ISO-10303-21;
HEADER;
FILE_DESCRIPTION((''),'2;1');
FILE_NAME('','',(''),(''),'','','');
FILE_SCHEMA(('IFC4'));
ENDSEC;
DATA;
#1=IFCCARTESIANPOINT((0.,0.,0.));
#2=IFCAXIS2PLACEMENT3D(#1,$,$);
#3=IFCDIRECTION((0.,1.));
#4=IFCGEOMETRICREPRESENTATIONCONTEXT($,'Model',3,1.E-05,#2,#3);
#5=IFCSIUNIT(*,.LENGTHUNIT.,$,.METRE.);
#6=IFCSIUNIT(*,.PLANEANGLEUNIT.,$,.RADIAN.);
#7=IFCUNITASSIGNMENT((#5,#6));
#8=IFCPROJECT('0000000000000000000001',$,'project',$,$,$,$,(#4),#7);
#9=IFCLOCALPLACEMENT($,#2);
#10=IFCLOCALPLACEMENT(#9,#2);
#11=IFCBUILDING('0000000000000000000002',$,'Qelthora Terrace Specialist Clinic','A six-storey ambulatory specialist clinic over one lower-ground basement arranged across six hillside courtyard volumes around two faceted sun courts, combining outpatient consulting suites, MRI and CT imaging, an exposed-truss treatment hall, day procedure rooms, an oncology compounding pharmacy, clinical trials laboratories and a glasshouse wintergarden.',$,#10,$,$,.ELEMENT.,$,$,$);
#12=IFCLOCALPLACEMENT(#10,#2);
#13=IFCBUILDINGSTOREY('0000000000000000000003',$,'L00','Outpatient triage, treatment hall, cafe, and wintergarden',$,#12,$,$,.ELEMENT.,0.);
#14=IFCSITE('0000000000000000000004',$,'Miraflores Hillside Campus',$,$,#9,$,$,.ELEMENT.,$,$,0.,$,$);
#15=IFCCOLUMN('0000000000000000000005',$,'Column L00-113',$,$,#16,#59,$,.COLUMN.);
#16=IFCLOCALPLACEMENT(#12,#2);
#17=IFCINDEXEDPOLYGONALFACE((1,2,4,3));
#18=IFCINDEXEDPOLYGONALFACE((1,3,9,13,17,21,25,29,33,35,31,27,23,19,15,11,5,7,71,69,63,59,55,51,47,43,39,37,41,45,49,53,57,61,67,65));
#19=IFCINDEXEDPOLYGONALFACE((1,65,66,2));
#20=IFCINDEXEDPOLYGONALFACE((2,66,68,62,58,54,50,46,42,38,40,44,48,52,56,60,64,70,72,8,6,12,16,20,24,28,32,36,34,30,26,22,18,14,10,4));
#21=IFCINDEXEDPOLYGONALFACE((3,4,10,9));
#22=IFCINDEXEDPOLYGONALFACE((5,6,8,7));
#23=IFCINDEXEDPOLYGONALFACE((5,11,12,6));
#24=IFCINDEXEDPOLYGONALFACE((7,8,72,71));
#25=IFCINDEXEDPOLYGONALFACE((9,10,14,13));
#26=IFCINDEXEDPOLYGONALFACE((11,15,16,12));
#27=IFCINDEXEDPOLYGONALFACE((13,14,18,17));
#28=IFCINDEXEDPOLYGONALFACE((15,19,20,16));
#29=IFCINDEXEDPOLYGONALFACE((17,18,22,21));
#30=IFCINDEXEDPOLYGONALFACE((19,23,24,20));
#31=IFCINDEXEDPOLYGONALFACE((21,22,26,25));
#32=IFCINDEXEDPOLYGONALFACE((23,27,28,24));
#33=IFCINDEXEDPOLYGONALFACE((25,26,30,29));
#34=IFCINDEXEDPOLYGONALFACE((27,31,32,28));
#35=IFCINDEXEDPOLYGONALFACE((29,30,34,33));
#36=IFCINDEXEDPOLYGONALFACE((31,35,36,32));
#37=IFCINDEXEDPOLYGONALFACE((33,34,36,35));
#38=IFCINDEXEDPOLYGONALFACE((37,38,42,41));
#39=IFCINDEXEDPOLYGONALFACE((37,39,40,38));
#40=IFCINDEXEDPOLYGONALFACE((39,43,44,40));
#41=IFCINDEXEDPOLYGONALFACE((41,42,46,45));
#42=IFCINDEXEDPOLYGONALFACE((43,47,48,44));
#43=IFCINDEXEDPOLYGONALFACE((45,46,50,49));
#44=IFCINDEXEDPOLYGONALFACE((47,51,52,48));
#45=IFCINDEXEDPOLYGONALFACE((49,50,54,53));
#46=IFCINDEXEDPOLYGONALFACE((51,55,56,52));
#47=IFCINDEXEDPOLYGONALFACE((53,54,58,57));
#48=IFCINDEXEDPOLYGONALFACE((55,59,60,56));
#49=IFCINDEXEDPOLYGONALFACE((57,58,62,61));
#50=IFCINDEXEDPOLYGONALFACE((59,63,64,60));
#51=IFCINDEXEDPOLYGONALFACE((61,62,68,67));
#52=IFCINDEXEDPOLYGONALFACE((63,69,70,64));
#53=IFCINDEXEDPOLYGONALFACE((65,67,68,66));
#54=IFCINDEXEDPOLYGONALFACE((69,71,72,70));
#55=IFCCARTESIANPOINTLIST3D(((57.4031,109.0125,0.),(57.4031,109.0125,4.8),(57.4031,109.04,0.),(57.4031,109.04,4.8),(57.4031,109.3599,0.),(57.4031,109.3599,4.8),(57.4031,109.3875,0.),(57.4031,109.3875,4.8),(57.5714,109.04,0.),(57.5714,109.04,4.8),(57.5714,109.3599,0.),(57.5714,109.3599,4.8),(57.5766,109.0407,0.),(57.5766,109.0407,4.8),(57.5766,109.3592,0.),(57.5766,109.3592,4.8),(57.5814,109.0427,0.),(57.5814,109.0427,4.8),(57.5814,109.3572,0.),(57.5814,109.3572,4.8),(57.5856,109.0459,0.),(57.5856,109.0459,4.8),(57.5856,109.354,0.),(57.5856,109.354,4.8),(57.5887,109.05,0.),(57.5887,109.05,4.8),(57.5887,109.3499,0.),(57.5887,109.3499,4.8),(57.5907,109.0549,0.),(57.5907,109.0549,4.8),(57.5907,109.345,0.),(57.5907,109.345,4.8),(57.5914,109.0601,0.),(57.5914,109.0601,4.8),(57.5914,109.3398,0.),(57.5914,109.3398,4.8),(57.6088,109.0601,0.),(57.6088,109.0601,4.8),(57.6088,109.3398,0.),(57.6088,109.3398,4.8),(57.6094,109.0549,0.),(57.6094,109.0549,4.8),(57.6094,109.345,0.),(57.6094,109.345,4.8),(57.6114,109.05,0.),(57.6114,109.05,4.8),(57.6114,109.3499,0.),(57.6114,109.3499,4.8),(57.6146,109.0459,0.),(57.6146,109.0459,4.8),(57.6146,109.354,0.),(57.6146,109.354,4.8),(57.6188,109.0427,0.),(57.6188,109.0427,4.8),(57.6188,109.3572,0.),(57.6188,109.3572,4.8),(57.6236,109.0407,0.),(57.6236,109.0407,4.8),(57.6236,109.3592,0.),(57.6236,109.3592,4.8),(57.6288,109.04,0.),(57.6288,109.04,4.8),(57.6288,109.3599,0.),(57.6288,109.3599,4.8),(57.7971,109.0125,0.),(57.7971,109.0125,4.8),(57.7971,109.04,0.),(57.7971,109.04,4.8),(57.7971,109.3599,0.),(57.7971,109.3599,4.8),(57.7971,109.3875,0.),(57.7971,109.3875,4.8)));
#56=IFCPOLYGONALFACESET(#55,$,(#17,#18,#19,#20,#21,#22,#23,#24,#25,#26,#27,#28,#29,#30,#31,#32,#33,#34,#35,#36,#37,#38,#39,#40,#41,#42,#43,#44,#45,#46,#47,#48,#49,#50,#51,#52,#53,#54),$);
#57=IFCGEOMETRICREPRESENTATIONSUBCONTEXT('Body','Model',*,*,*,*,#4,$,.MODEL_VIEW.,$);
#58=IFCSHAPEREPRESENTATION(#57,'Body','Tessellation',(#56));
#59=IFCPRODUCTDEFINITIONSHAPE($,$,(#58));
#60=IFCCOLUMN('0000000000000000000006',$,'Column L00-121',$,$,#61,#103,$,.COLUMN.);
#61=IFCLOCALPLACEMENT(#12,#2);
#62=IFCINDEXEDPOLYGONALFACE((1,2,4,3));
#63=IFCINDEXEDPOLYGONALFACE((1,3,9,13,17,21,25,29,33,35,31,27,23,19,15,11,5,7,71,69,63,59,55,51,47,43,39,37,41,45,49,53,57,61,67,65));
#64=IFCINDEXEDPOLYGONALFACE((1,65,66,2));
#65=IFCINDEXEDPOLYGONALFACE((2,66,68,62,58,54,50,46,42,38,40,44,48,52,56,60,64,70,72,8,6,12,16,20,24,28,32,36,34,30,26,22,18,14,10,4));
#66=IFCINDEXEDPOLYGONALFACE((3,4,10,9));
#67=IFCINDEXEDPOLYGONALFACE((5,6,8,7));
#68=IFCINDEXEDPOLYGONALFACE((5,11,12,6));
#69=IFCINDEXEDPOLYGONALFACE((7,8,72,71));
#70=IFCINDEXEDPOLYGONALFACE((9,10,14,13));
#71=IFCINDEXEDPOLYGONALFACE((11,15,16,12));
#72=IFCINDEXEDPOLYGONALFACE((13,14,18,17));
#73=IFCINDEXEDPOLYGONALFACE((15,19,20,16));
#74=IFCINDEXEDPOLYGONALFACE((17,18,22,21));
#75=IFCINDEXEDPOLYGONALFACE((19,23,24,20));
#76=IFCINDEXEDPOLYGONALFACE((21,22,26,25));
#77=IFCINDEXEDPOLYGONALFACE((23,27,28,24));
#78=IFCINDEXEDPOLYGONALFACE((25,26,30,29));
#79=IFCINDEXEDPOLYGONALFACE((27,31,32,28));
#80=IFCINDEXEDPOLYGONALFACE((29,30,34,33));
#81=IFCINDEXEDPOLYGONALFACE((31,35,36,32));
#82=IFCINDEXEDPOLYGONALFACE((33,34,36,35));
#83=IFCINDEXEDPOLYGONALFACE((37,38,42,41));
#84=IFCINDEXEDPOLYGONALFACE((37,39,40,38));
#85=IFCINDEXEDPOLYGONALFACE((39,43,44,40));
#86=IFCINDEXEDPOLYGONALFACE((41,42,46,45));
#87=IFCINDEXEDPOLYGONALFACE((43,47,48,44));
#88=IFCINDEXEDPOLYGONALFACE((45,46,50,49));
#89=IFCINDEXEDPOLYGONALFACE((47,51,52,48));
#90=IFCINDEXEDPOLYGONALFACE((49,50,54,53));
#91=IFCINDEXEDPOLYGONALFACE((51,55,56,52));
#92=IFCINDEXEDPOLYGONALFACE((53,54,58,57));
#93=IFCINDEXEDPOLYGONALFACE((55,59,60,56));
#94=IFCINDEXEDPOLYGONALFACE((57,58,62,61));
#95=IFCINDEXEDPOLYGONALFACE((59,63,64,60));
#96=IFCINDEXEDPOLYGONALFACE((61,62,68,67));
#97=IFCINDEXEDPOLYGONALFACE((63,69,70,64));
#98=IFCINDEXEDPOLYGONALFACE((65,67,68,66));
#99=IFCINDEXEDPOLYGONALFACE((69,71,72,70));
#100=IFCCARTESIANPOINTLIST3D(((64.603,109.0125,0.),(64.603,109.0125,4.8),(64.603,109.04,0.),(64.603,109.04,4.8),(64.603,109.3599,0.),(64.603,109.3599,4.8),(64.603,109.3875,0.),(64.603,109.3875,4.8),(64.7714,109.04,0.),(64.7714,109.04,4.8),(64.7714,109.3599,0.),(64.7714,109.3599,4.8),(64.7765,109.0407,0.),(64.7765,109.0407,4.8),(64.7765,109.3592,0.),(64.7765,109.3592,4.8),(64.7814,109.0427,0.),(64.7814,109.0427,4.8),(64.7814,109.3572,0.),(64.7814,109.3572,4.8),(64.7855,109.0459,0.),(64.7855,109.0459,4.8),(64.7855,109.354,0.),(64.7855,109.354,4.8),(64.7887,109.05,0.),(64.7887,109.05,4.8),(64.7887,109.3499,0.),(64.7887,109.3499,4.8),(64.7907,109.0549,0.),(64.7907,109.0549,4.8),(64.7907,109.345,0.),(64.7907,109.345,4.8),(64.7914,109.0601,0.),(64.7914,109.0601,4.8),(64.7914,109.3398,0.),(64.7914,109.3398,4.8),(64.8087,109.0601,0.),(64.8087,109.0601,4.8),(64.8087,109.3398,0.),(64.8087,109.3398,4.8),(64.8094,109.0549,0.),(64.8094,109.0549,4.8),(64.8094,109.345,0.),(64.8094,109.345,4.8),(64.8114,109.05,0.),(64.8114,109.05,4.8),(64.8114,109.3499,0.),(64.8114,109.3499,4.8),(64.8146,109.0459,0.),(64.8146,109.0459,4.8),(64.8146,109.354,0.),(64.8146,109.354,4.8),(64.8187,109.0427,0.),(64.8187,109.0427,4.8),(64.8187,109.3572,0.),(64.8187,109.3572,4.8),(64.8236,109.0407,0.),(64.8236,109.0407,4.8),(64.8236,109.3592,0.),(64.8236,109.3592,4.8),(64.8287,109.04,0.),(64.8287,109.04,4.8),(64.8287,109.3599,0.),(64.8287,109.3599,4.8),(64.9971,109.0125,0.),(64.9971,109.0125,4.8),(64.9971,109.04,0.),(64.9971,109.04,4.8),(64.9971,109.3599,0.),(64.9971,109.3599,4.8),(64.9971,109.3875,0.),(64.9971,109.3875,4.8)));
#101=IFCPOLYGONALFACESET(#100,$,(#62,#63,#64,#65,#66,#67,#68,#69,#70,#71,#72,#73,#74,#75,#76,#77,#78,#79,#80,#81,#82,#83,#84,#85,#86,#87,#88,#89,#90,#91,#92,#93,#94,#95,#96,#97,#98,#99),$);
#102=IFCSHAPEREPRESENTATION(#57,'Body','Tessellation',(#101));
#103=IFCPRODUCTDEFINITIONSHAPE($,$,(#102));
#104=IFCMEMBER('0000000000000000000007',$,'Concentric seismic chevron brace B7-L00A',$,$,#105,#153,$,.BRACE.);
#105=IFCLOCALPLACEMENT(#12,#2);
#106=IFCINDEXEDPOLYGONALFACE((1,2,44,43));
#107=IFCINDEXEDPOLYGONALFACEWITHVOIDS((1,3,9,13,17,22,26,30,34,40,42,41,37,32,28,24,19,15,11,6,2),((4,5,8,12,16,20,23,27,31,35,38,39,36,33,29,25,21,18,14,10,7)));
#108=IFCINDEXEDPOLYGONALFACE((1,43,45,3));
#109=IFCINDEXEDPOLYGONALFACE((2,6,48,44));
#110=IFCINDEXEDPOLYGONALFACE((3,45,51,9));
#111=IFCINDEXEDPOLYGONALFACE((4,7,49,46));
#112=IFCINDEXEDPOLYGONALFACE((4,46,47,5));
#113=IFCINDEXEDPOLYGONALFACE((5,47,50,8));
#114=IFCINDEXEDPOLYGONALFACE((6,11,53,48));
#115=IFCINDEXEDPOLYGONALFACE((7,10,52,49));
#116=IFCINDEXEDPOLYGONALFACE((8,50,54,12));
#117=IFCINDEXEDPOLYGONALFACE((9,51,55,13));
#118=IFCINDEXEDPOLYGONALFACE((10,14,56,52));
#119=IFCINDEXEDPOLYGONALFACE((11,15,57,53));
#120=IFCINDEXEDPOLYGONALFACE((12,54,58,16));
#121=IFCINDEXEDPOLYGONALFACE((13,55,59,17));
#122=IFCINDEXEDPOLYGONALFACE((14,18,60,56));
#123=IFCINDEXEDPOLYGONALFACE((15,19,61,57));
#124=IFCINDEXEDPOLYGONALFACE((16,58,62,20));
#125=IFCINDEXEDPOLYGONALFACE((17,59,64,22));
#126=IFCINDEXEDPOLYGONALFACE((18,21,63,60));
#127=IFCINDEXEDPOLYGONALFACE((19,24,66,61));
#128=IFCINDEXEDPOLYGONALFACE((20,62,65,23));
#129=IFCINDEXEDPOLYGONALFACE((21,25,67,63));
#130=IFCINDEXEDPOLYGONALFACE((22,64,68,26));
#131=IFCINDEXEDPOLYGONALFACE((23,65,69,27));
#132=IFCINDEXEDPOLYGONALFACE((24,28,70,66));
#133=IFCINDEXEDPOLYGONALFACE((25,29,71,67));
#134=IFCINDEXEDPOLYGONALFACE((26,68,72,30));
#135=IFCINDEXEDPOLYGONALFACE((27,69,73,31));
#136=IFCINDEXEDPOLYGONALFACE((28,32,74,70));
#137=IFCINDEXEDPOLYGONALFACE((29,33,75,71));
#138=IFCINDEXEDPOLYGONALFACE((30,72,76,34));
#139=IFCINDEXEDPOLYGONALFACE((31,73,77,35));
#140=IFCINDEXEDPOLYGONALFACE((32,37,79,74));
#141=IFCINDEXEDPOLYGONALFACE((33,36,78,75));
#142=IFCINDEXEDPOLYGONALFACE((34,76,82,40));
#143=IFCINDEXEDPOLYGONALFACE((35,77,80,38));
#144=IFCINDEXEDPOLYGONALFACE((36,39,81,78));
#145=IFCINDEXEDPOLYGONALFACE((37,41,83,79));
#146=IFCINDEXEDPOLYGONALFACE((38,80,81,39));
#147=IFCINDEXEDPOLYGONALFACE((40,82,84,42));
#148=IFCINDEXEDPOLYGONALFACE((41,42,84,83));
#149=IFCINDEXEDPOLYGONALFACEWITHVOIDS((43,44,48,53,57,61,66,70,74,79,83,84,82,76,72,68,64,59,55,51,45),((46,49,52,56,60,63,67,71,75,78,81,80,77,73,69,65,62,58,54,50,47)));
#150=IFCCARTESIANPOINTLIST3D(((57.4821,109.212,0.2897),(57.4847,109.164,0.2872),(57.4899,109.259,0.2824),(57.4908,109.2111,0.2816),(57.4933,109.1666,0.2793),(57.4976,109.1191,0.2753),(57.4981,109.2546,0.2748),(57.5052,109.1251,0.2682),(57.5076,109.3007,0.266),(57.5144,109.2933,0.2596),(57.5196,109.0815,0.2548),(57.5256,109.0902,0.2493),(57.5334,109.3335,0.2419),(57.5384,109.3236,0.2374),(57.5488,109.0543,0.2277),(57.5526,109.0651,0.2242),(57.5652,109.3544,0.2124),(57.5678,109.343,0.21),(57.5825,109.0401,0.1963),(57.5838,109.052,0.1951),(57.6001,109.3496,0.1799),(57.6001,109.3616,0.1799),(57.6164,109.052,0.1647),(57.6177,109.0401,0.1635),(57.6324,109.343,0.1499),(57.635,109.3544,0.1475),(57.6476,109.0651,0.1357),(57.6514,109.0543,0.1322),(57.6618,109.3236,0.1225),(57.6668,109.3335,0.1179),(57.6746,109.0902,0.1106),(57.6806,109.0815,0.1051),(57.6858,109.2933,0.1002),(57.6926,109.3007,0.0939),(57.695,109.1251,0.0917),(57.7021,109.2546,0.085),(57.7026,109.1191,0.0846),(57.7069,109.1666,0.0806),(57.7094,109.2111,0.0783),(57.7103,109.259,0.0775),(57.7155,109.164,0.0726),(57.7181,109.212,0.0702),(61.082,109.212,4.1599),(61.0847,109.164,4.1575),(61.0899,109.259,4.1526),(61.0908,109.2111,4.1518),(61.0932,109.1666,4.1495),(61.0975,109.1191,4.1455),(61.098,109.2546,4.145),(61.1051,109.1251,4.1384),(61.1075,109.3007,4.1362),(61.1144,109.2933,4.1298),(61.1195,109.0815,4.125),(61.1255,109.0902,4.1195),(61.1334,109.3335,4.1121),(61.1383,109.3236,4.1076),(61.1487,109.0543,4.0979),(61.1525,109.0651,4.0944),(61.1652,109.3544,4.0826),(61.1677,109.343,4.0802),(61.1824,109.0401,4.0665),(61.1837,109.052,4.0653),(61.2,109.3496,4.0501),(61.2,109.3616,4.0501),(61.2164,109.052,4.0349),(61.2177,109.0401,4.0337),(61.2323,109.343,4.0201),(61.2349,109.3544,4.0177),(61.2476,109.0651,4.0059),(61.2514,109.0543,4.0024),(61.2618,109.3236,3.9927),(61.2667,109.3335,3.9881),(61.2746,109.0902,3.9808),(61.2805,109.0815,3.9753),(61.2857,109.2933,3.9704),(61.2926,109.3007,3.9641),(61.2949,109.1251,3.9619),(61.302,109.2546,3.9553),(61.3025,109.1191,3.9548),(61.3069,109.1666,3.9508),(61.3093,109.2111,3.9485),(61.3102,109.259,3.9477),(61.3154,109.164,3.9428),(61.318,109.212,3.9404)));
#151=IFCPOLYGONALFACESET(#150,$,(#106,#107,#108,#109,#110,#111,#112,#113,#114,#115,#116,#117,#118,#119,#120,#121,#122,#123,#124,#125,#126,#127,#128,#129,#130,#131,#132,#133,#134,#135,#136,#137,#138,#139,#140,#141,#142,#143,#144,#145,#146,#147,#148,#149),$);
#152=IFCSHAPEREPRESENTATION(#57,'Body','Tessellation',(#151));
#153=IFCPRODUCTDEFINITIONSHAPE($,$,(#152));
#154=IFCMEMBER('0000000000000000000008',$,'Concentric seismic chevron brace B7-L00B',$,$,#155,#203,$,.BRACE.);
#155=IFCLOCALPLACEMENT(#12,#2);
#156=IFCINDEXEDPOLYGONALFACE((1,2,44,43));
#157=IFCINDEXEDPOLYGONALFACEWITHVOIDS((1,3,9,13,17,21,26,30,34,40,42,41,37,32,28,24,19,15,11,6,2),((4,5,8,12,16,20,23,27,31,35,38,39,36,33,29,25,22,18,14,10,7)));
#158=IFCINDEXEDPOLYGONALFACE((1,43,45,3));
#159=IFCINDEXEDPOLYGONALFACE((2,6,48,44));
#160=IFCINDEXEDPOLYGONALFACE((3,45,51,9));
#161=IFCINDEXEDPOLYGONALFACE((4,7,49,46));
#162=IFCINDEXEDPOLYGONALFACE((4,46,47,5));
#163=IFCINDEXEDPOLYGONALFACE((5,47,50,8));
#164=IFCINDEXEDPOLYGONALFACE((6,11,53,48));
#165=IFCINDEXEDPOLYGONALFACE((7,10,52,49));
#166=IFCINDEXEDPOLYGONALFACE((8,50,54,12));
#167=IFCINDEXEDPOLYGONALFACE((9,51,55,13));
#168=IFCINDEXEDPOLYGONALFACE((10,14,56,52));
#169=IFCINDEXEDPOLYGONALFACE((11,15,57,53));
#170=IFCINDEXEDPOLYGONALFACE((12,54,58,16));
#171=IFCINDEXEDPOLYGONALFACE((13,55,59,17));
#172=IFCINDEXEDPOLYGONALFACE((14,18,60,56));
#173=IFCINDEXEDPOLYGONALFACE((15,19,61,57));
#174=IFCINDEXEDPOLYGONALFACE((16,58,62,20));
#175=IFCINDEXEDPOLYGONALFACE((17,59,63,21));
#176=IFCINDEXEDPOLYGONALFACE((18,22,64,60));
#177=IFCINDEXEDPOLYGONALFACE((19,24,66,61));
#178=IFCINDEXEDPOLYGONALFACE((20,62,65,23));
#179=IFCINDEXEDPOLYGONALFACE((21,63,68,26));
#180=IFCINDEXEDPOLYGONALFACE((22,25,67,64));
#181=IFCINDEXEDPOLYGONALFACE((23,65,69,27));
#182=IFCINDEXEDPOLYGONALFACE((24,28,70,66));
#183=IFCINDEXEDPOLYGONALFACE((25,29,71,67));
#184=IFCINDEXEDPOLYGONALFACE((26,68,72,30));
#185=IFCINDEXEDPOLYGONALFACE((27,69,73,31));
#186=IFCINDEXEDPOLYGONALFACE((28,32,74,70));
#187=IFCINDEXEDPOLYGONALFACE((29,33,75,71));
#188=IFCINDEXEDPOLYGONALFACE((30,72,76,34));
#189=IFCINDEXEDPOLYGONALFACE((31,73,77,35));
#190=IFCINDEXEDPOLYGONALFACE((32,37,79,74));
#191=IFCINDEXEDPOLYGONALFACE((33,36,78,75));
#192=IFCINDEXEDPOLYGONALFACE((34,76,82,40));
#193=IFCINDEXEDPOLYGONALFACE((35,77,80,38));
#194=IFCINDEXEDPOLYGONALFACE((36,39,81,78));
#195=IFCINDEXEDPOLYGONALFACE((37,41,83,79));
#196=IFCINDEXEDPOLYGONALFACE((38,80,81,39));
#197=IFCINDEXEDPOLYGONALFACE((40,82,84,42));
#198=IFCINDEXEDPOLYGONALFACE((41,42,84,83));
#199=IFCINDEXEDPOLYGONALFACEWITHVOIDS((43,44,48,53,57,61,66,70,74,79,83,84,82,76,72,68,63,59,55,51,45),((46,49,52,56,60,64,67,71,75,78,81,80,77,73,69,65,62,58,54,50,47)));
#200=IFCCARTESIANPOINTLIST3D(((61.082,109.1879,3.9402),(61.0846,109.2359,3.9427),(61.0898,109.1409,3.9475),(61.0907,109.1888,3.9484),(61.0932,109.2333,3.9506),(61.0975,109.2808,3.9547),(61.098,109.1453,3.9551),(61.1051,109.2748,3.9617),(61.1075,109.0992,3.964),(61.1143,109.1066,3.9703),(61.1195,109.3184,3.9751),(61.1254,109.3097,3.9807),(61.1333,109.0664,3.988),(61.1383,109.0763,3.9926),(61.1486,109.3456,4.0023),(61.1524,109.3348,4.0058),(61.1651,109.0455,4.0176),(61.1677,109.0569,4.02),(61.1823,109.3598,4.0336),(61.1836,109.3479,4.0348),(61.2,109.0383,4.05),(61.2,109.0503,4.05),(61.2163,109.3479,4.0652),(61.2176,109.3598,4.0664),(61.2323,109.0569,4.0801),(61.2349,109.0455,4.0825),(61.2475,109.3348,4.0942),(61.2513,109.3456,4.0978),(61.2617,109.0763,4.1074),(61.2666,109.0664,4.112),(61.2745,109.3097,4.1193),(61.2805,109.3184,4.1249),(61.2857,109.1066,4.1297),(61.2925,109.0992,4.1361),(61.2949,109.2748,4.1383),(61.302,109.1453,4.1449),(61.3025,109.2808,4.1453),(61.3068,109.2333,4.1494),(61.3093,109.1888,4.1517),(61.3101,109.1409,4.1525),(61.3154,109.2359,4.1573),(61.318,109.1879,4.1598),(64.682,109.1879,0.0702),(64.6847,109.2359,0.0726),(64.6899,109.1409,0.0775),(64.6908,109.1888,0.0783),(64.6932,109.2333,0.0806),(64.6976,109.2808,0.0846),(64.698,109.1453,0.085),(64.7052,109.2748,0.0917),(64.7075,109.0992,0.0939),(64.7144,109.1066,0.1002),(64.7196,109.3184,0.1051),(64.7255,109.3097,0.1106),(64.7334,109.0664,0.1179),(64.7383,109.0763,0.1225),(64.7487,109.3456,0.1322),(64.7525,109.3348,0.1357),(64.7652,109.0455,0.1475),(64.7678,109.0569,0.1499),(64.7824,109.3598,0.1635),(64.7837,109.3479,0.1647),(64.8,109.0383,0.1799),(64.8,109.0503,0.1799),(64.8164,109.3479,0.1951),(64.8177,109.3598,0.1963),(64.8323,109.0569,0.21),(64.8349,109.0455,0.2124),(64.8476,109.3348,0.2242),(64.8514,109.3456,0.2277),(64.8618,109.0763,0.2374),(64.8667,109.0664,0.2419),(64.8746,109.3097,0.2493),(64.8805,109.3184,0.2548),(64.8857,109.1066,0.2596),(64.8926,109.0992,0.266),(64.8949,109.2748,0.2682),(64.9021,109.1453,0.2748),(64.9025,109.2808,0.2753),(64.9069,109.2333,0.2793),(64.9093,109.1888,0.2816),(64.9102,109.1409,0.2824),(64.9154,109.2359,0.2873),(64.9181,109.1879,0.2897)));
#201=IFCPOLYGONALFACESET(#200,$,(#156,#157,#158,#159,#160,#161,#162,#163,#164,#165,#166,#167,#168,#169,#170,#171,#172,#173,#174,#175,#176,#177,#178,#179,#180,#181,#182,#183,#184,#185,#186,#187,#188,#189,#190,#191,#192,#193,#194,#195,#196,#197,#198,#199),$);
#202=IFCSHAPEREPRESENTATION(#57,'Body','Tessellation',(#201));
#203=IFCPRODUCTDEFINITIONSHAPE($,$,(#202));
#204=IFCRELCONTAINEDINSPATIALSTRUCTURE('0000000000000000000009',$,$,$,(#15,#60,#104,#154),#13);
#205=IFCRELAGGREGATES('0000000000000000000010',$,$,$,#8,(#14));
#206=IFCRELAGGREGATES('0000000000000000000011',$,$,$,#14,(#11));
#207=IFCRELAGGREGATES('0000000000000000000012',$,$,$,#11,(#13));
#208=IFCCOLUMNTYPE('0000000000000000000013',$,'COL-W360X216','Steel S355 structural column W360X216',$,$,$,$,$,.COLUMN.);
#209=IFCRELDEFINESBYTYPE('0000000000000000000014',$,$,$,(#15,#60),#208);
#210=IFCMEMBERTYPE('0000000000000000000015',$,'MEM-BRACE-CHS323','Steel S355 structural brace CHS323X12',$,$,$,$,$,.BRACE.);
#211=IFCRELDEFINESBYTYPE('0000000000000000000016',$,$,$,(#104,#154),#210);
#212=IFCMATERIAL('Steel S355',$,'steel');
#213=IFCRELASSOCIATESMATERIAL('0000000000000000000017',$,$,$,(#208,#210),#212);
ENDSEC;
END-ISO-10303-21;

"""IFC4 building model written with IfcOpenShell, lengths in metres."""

from ifc_helpers import new_model, si_unit, direction, frame, origin, origin_2d, place, context, subcontext, project, spatial, hollow_circle, i_section, extrude, material, material_profile, profile_set, type_object, element, save


model = new_model("IFC4")

# Units and contexts
model_context = context("Model", 3, precision=1e-05, world=origin(), true_north=direction((0.0, 1.0)))
body_context = subcontext(model_context, "Body", "Model", "MODEL_VIEW")
ifc_project = project(units=[si_unit("LENGTHUNIT", "METRE"), si_unit("PLANEANGLEUNIT", "RADIAN")], contexts=[model_context])

# Site, building, storey
site_placement = place(None, origin())
site = spatial("IfcSite", under=ifc_project, at=site_placement, Name="Miraflores Hillside Campus", CompositionType="ELEMENT", RefElevation=0.0)
building_placement = place(site_placement, origin())
building = spatial("IfcBuilding", under=site, at=building_placement, Name="Qelthora Terrace Specialist Clinic", Description="A six-storey ambulatory specialist clinic over one lower-ground basement arranged across six hillside courtyard volumes around two faceted sun courts, combining outpatient consulting suites, MRI and CT imaging, an exposed-truss treatment hall, day procedure rooms, an oncology compounding pharmacy, clinical trials laboratories and a glasshouse wintergarden.", CompositionType="ELEMENT")
storey_placement = place(building_placement, origin())
storey = spatial("IfcBuildingStorey", under=building, at=storey_placement, Name="L00", Description="Outpatient triage, treatment hall, cafe, and wintergarden", CompositionType="ELEMENT", Elevation=0.0)

# Columns
ifc_material_1 = material(Name="Steel S355", Category="steel")
ifc_material_profile_1 = material_profile(ifc_material_1, i_section(OverallWidth=0.394, OverallDepth=0.375, WebThickness=0.0173, FlangeThickness=0.0276, FilletRadius=0.02, at=origin_2d()), Name="W360X216")
ifc_profile_set_1 = profile_set([ifc_material_profile_1], Name="Steel S355")
column_type = type_object("IfcColumnType", Name="COL-W360X216", Description="Steel S355 structural column W360X216", PredefinedType="COLUMN", material=ifc_profile_set_1)
for number, where, z_axis, x_axis, name in (
    (1, (57.6001, 109.2, 0.0), (0.0, 0.0, 1.0), (1.0, 0.0, 0.0), "Column L00-113"),
    (2, (64.8, 109.2, 0.0), (0.0, 0.0, 1.0), (1.0, 0.0, 0.0), "Column L00-121"),
):
    element("IfcColumn", number, at=place(storey_placement, frame(where, z_axis=z_axis, x_axis=x_axis)), inside=storey, type_object=column_type, Name=name, PredefinedType="COLUMN", context=body_context, shape_type="SweptSolid", body=[
        extrude(i_section(OverallWidth=0.394, OverallDepth=0.375, WebThickness=0.0173, FlangeThickness=0.0276, FilletRadius=0.02, at=origin_2d()), origin(), (0.0, 0.0, 1.0), 4.8),
    ])

# Members
ifc_material_profile_2 = material_profile(ifc_material_1, hollow_circle(Radius=0.1616, WallThickness=0.012, at=origin_2d()), Name="CHS323X12")
ifc_profile_set_2 = profile_set([ifc_material_profile_2], Name="Steel S355")
member_type = type_object("IfcMemberType", Name="MEM-BRACE-CHS323", Description="Steel S355 structural brace CHS323X12", PredefinedType="BRACE", material=ifc_profile_set_2)
for number, where, z_axis, x_axis, name in (
    (3, (57.6001, 109.2, 0.1799), (0.681078, 0.0, 0.732211), (0.0, 1.0, 0.0), "Concentric seismic chevron brace B7-L00A"),
    (4, (64.8, 109.2, 0.1799), (-0.681103, 0.0, 0.732188), (0.0, -1.0, 0.0), "Concentric seismic chevron brace B7-L00B"),
):
    element("IfcMember", number, at=place(storey_placement, frame(where, z_axis=z_axis, x_axis=x_axis)), inside=storey, type_object=member_type, Name=name, PredefinedType="BRACE", context=body_context, shape_type="SweptSolid", body=[
        extrude(hollow_circle(Radius=0.1616, WallThickness=0.012, at=origin_2d()), origin(), (0.0, 0.0, 1.0), 5.2856),
    ])

save(model, "model.ifc")
